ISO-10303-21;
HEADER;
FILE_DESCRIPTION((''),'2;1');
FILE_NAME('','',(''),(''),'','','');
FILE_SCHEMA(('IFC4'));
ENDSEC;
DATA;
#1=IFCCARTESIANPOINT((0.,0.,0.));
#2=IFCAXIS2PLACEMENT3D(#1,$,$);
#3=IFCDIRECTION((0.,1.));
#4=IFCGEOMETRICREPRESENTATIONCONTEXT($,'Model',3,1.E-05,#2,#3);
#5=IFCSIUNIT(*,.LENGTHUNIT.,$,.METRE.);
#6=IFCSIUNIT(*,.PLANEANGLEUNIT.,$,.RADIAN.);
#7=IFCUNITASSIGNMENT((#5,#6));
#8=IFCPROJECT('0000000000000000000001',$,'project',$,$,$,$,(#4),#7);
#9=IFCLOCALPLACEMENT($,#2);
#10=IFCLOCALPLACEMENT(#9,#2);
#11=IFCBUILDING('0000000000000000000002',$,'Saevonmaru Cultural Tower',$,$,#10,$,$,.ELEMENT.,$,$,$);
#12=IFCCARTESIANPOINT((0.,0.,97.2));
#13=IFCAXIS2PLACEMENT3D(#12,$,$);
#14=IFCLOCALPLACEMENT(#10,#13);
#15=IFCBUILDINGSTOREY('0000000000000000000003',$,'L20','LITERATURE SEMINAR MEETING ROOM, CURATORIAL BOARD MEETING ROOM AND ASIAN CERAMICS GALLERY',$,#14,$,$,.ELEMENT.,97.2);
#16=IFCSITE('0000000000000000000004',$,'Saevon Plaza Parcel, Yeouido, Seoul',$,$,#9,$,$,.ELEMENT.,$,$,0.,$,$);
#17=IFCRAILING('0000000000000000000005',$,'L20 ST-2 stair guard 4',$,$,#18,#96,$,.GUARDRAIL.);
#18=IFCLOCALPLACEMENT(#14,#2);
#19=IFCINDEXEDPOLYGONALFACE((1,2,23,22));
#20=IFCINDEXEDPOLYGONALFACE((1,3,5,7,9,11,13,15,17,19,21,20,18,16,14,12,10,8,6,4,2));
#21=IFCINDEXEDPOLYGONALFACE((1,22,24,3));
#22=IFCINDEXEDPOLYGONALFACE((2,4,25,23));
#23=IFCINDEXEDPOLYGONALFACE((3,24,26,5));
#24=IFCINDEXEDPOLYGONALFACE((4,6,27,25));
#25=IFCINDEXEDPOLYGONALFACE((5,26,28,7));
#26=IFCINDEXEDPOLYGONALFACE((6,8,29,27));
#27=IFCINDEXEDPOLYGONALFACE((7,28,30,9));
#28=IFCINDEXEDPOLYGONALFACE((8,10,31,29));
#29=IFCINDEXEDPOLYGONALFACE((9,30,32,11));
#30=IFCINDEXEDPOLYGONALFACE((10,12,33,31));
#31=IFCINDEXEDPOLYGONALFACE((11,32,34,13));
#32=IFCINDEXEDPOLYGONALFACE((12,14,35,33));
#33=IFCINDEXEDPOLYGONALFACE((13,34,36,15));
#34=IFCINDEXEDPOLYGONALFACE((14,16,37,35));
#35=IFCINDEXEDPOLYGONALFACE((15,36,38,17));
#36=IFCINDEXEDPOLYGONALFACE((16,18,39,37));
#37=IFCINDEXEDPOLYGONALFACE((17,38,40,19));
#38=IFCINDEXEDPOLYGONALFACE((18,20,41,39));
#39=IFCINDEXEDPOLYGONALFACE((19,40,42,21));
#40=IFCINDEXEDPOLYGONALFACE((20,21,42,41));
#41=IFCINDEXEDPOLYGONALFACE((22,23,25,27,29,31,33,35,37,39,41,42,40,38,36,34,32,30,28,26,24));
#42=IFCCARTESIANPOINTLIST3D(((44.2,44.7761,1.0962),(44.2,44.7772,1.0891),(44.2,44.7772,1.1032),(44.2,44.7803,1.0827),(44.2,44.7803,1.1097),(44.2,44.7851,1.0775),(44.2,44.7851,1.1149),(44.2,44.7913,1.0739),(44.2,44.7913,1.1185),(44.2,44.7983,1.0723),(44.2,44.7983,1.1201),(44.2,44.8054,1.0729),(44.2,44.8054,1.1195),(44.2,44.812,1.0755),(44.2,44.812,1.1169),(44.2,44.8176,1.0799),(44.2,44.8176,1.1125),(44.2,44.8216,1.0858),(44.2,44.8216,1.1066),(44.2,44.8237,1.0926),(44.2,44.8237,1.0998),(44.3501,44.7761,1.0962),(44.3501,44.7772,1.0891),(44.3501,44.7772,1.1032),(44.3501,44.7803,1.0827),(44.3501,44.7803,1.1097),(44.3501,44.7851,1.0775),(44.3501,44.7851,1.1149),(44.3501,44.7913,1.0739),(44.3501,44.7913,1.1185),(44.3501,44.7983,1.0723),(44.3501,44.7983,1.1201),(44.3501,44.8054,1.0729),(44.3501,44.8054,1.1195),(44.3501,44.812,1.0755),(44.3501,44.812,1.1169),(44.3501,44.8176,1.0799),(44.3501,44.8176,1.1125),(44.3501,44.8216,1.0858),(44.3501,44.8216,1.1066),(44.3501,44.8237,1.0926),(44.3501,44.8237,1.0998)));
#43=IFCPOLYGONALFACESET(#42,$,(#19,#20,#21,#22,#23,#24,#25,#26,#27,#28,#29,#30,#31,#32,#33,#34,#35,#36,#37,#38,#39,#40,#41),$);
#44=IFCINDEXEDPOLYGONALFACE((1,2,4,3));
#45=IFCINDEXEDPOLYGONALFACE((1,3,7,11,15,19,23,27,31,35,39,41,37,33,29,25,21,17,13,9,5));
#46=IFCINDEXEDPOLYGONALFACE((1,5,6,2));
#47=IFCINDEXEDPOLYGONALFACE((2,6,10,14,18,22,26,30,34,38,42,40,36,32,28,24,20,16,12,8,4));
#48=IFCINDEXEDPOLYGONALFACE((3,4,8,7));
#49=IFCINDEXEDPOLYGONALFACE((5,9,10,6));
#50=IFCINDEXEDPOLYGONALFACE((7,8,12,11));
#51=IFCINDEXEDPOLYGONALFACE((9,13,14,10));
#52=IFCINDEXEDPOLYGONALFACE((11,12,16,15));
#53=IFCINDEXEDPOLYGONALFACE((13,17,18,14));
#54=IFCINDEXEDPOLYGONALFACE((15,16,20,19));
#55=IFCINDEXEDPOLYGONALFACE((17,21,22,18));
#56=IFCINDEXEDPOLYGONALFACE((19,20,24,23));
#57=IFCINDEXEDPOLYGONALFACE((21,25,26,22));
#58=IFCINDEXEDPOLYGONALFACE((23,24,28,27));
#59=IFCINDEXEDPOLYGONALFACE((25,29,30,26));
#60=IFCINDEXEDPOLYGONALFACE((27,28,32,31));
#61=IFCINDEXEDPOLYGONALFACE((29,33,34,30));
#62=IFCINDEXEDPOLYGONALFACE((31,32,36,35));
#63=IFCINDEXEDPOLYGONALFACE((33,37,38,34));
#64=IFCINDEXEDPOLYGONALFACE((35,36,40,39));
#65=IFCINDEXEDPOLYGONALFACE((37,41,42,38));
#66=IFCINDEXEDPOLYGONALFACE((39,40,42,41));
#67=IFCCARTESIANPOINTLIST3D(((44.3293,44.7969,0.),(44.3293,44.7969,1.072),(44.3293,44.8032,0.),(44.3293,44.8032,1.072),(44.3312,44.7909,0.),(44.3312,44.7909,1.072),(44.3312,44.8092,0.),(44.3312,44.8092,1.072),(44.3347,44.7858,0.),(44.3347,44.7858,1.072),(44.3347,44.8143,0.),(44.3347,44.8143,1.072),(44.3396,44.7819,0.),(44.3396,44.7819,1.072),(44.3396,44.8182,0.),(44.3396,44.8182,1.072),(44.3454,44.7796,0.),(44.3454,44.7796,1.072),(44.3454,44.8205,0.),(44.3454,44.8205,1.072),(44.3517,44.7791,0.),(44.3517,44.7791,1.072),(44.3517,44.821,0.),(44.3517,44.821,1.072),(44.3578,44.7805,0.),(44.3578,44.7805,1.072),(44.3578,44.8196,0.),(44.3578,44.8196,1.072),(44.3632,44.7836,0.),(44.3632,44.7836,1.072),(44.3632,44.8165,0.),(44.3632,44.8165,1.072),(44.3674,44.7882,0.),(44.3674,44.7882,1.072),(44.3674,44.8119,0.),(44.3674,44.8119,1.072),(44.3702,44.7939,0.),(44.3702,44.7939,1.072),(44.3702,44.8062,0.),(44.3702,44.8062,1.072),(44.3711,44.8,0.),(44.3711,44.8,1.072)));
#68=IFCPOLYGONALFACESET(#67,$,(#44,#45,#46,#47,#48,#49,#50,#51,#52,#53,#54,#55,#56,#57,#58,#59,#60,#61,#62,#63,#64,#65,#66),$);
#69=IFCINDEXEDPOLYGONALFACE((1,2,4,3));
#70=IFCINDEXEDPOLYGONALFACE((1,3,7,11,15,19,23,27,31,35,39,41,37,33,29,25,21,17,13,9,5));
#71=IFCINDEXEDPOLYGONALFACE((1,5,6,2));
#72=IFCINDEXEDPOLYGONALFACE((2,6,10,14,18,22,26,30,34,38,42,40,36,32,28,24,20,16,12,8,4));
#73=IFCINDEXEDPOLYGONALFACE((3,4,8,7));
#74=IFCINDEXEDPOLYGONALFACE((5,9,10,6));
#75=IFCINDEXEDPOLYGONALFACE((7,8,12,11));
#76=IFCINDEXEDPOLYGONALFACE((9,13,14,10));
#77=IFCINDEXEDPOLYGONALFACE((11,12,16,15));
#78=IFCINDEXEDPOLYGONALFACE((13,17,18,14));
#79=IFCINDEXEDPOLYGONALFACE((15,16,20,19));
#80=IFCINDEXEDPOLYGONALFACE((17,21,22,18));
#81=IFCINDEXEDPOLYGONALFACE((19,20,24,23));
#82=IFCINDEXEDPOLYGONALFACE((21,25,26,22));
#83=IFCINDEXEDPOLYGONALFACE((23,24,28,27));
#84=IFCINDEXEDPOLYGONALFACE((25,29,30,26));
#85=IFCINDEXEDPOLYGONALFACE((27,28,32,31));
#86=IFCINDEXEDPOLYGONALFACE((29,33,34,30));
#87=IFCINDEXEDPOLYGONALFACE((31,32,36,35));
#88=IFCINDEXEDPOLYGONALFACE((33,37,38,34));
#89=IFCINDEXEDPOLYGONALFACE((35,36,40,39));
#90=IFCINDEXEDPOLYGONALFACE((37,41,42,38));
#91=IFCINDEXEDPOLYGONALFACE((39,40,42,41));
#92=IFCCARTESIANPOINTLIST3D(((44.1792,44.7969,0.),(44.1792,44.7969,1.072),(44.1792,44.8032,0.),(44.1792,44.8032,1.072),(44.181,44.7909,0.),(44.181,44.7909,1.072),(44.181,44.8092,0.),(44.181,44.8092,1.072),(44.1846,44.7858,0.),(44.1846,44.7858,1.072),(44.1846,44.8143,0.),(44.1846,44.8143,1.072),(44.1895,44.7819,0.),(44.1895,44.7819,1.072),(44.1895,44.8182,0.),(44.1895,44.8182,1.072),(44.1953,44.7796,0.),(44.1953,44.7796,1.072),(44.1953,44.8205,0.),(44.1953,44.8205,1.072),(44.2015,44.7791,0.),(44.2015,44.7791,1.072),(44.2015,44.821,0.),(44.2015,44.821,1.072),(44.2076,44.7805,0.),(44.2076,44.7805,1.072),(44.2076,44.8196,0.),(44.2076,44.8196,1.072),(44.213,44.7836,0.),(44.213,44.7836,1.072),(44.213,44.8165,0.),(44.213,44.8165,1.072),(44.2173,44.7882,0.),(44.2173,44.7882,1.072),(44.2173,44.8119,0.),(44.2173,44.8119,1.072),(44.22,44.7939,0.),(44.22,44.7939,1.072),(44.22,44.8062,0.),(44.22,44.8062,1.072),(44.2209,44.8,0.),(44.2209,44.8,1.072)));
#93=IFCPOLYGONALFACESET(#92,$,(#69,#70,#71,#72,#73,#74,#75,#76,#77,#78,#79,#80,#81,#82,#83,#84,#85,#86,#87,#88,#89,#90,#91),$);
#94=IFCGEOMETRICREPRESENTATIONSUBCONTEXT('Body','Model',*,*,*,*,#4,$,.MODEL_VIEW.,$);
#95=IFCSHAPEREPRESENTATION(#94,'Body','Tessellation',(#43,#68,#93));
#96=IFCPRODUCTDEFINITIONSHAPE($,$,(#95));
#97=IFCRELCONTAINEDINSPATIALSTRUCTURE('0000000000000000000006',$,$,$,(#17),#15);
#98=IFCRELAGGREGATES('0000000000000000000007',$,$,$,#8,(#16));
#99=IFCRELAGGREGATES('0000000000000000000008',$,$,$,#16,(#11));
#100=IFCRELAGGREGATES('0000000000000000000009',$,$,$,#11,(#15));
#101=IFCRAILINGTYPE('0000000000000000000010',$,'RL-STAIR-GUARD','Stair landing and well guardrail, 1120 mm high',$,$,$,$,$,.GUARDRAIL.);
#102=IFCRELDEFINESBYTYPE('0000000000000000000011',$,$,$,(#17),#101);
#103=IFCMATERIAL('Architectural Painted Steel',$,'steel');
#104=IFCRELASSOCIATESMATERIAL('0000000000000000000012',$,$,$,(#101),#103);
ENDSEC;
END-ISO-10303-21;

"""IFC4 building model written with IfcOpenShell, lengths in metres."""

from ifc_helpers import new_model, si_unit, direction, frame, origin, origin_2d, place, context, subcontext, project, spatial, circle, extrude, material, type_object, element, save


model = new_model("IFC4")

# Units and contexts
model_context = context("Model", 3, precision=1e-05, world=origin(), true_north=direction((0.0, 1.0)))
body_context = subcontext(model_context, "Body", "Model", "MODEL_VIEW")
ifc_project = project(units=[si_unit("LENGTHUNIT", "METRE"), si_unit("PLANEANGLEUNIT", "RADIAN")], contexts=[model_context])

# Site, building, storey
site_placement = place(None, origin())
site = spatial("IfcSite", under=ifc_project, at=site_placement, Name="Saevon Plaza Parcel, Yeouido, Seoul", CompositionType="ELEMENT", RefElevation=0.0)
building_placement = place(site_placement, origin())
building = spatial("IfcBuilding", under=site, at=building_placement, Name="Saevonmaru Cultural Tower", CompositionType="ELEMENT")
storey_placement = place(building_placement, frame((0.0, 0.0, 97.2)))
storey = spatial("IfcBuildingStorey", under=building, at=storey_placement, Name="L20", Description="LITERATURE SEMINAR MEETING ROOM, CURATORIAL BOARD MEETING ROOM AND ASIAN CERAMICS GALLERY", CompositionType="ELEMENT", Elevation=97.2)

# Railing
ifc_material_1 = material(Name="Architectural Painted Steel", Category="steel")
railing_type_1 = type_object("IfcRailingType", Name="RL-STAIR-GUARD", Description="Stair landing and well guardrail, 1120 mm high", PredefinedType="GUARDRAIL", material=ifc_material_1)
railing_1_placement = place(storey_placement, frame((44.3501, 44.8, 0.0)))
element("IfcRailing", 1, at=railing_1_placement, inside=storey, type_object=railing_type_1, Name="L20 ST-2 stair guard 4", PredefinedType="GUARDRAIL", context=body_context, shape_type="SweptSolid", body=[
    extrude(circle(Radius=0.0239, at=origin_2d()), frame((0.0, 0.0, 1.0962), z_axis=(-1.0, 0.0, 0.0), x_axis=(0.0, -1.0, 0.0)), (0.0, 0.0, 1.0), 0.1501),
    extrude(circle(Radius=0.021, at=origin_2d()), origin(), (0.0, 0.0, 1.0), 1.072),
    extrude(circle(Radius=0.021, at=origin_2d()), frame((-0.1501, 0.0, 0.0)), (0.0, 0.0, 1.0), 1.072),
])

save(model, "model.ifc")
